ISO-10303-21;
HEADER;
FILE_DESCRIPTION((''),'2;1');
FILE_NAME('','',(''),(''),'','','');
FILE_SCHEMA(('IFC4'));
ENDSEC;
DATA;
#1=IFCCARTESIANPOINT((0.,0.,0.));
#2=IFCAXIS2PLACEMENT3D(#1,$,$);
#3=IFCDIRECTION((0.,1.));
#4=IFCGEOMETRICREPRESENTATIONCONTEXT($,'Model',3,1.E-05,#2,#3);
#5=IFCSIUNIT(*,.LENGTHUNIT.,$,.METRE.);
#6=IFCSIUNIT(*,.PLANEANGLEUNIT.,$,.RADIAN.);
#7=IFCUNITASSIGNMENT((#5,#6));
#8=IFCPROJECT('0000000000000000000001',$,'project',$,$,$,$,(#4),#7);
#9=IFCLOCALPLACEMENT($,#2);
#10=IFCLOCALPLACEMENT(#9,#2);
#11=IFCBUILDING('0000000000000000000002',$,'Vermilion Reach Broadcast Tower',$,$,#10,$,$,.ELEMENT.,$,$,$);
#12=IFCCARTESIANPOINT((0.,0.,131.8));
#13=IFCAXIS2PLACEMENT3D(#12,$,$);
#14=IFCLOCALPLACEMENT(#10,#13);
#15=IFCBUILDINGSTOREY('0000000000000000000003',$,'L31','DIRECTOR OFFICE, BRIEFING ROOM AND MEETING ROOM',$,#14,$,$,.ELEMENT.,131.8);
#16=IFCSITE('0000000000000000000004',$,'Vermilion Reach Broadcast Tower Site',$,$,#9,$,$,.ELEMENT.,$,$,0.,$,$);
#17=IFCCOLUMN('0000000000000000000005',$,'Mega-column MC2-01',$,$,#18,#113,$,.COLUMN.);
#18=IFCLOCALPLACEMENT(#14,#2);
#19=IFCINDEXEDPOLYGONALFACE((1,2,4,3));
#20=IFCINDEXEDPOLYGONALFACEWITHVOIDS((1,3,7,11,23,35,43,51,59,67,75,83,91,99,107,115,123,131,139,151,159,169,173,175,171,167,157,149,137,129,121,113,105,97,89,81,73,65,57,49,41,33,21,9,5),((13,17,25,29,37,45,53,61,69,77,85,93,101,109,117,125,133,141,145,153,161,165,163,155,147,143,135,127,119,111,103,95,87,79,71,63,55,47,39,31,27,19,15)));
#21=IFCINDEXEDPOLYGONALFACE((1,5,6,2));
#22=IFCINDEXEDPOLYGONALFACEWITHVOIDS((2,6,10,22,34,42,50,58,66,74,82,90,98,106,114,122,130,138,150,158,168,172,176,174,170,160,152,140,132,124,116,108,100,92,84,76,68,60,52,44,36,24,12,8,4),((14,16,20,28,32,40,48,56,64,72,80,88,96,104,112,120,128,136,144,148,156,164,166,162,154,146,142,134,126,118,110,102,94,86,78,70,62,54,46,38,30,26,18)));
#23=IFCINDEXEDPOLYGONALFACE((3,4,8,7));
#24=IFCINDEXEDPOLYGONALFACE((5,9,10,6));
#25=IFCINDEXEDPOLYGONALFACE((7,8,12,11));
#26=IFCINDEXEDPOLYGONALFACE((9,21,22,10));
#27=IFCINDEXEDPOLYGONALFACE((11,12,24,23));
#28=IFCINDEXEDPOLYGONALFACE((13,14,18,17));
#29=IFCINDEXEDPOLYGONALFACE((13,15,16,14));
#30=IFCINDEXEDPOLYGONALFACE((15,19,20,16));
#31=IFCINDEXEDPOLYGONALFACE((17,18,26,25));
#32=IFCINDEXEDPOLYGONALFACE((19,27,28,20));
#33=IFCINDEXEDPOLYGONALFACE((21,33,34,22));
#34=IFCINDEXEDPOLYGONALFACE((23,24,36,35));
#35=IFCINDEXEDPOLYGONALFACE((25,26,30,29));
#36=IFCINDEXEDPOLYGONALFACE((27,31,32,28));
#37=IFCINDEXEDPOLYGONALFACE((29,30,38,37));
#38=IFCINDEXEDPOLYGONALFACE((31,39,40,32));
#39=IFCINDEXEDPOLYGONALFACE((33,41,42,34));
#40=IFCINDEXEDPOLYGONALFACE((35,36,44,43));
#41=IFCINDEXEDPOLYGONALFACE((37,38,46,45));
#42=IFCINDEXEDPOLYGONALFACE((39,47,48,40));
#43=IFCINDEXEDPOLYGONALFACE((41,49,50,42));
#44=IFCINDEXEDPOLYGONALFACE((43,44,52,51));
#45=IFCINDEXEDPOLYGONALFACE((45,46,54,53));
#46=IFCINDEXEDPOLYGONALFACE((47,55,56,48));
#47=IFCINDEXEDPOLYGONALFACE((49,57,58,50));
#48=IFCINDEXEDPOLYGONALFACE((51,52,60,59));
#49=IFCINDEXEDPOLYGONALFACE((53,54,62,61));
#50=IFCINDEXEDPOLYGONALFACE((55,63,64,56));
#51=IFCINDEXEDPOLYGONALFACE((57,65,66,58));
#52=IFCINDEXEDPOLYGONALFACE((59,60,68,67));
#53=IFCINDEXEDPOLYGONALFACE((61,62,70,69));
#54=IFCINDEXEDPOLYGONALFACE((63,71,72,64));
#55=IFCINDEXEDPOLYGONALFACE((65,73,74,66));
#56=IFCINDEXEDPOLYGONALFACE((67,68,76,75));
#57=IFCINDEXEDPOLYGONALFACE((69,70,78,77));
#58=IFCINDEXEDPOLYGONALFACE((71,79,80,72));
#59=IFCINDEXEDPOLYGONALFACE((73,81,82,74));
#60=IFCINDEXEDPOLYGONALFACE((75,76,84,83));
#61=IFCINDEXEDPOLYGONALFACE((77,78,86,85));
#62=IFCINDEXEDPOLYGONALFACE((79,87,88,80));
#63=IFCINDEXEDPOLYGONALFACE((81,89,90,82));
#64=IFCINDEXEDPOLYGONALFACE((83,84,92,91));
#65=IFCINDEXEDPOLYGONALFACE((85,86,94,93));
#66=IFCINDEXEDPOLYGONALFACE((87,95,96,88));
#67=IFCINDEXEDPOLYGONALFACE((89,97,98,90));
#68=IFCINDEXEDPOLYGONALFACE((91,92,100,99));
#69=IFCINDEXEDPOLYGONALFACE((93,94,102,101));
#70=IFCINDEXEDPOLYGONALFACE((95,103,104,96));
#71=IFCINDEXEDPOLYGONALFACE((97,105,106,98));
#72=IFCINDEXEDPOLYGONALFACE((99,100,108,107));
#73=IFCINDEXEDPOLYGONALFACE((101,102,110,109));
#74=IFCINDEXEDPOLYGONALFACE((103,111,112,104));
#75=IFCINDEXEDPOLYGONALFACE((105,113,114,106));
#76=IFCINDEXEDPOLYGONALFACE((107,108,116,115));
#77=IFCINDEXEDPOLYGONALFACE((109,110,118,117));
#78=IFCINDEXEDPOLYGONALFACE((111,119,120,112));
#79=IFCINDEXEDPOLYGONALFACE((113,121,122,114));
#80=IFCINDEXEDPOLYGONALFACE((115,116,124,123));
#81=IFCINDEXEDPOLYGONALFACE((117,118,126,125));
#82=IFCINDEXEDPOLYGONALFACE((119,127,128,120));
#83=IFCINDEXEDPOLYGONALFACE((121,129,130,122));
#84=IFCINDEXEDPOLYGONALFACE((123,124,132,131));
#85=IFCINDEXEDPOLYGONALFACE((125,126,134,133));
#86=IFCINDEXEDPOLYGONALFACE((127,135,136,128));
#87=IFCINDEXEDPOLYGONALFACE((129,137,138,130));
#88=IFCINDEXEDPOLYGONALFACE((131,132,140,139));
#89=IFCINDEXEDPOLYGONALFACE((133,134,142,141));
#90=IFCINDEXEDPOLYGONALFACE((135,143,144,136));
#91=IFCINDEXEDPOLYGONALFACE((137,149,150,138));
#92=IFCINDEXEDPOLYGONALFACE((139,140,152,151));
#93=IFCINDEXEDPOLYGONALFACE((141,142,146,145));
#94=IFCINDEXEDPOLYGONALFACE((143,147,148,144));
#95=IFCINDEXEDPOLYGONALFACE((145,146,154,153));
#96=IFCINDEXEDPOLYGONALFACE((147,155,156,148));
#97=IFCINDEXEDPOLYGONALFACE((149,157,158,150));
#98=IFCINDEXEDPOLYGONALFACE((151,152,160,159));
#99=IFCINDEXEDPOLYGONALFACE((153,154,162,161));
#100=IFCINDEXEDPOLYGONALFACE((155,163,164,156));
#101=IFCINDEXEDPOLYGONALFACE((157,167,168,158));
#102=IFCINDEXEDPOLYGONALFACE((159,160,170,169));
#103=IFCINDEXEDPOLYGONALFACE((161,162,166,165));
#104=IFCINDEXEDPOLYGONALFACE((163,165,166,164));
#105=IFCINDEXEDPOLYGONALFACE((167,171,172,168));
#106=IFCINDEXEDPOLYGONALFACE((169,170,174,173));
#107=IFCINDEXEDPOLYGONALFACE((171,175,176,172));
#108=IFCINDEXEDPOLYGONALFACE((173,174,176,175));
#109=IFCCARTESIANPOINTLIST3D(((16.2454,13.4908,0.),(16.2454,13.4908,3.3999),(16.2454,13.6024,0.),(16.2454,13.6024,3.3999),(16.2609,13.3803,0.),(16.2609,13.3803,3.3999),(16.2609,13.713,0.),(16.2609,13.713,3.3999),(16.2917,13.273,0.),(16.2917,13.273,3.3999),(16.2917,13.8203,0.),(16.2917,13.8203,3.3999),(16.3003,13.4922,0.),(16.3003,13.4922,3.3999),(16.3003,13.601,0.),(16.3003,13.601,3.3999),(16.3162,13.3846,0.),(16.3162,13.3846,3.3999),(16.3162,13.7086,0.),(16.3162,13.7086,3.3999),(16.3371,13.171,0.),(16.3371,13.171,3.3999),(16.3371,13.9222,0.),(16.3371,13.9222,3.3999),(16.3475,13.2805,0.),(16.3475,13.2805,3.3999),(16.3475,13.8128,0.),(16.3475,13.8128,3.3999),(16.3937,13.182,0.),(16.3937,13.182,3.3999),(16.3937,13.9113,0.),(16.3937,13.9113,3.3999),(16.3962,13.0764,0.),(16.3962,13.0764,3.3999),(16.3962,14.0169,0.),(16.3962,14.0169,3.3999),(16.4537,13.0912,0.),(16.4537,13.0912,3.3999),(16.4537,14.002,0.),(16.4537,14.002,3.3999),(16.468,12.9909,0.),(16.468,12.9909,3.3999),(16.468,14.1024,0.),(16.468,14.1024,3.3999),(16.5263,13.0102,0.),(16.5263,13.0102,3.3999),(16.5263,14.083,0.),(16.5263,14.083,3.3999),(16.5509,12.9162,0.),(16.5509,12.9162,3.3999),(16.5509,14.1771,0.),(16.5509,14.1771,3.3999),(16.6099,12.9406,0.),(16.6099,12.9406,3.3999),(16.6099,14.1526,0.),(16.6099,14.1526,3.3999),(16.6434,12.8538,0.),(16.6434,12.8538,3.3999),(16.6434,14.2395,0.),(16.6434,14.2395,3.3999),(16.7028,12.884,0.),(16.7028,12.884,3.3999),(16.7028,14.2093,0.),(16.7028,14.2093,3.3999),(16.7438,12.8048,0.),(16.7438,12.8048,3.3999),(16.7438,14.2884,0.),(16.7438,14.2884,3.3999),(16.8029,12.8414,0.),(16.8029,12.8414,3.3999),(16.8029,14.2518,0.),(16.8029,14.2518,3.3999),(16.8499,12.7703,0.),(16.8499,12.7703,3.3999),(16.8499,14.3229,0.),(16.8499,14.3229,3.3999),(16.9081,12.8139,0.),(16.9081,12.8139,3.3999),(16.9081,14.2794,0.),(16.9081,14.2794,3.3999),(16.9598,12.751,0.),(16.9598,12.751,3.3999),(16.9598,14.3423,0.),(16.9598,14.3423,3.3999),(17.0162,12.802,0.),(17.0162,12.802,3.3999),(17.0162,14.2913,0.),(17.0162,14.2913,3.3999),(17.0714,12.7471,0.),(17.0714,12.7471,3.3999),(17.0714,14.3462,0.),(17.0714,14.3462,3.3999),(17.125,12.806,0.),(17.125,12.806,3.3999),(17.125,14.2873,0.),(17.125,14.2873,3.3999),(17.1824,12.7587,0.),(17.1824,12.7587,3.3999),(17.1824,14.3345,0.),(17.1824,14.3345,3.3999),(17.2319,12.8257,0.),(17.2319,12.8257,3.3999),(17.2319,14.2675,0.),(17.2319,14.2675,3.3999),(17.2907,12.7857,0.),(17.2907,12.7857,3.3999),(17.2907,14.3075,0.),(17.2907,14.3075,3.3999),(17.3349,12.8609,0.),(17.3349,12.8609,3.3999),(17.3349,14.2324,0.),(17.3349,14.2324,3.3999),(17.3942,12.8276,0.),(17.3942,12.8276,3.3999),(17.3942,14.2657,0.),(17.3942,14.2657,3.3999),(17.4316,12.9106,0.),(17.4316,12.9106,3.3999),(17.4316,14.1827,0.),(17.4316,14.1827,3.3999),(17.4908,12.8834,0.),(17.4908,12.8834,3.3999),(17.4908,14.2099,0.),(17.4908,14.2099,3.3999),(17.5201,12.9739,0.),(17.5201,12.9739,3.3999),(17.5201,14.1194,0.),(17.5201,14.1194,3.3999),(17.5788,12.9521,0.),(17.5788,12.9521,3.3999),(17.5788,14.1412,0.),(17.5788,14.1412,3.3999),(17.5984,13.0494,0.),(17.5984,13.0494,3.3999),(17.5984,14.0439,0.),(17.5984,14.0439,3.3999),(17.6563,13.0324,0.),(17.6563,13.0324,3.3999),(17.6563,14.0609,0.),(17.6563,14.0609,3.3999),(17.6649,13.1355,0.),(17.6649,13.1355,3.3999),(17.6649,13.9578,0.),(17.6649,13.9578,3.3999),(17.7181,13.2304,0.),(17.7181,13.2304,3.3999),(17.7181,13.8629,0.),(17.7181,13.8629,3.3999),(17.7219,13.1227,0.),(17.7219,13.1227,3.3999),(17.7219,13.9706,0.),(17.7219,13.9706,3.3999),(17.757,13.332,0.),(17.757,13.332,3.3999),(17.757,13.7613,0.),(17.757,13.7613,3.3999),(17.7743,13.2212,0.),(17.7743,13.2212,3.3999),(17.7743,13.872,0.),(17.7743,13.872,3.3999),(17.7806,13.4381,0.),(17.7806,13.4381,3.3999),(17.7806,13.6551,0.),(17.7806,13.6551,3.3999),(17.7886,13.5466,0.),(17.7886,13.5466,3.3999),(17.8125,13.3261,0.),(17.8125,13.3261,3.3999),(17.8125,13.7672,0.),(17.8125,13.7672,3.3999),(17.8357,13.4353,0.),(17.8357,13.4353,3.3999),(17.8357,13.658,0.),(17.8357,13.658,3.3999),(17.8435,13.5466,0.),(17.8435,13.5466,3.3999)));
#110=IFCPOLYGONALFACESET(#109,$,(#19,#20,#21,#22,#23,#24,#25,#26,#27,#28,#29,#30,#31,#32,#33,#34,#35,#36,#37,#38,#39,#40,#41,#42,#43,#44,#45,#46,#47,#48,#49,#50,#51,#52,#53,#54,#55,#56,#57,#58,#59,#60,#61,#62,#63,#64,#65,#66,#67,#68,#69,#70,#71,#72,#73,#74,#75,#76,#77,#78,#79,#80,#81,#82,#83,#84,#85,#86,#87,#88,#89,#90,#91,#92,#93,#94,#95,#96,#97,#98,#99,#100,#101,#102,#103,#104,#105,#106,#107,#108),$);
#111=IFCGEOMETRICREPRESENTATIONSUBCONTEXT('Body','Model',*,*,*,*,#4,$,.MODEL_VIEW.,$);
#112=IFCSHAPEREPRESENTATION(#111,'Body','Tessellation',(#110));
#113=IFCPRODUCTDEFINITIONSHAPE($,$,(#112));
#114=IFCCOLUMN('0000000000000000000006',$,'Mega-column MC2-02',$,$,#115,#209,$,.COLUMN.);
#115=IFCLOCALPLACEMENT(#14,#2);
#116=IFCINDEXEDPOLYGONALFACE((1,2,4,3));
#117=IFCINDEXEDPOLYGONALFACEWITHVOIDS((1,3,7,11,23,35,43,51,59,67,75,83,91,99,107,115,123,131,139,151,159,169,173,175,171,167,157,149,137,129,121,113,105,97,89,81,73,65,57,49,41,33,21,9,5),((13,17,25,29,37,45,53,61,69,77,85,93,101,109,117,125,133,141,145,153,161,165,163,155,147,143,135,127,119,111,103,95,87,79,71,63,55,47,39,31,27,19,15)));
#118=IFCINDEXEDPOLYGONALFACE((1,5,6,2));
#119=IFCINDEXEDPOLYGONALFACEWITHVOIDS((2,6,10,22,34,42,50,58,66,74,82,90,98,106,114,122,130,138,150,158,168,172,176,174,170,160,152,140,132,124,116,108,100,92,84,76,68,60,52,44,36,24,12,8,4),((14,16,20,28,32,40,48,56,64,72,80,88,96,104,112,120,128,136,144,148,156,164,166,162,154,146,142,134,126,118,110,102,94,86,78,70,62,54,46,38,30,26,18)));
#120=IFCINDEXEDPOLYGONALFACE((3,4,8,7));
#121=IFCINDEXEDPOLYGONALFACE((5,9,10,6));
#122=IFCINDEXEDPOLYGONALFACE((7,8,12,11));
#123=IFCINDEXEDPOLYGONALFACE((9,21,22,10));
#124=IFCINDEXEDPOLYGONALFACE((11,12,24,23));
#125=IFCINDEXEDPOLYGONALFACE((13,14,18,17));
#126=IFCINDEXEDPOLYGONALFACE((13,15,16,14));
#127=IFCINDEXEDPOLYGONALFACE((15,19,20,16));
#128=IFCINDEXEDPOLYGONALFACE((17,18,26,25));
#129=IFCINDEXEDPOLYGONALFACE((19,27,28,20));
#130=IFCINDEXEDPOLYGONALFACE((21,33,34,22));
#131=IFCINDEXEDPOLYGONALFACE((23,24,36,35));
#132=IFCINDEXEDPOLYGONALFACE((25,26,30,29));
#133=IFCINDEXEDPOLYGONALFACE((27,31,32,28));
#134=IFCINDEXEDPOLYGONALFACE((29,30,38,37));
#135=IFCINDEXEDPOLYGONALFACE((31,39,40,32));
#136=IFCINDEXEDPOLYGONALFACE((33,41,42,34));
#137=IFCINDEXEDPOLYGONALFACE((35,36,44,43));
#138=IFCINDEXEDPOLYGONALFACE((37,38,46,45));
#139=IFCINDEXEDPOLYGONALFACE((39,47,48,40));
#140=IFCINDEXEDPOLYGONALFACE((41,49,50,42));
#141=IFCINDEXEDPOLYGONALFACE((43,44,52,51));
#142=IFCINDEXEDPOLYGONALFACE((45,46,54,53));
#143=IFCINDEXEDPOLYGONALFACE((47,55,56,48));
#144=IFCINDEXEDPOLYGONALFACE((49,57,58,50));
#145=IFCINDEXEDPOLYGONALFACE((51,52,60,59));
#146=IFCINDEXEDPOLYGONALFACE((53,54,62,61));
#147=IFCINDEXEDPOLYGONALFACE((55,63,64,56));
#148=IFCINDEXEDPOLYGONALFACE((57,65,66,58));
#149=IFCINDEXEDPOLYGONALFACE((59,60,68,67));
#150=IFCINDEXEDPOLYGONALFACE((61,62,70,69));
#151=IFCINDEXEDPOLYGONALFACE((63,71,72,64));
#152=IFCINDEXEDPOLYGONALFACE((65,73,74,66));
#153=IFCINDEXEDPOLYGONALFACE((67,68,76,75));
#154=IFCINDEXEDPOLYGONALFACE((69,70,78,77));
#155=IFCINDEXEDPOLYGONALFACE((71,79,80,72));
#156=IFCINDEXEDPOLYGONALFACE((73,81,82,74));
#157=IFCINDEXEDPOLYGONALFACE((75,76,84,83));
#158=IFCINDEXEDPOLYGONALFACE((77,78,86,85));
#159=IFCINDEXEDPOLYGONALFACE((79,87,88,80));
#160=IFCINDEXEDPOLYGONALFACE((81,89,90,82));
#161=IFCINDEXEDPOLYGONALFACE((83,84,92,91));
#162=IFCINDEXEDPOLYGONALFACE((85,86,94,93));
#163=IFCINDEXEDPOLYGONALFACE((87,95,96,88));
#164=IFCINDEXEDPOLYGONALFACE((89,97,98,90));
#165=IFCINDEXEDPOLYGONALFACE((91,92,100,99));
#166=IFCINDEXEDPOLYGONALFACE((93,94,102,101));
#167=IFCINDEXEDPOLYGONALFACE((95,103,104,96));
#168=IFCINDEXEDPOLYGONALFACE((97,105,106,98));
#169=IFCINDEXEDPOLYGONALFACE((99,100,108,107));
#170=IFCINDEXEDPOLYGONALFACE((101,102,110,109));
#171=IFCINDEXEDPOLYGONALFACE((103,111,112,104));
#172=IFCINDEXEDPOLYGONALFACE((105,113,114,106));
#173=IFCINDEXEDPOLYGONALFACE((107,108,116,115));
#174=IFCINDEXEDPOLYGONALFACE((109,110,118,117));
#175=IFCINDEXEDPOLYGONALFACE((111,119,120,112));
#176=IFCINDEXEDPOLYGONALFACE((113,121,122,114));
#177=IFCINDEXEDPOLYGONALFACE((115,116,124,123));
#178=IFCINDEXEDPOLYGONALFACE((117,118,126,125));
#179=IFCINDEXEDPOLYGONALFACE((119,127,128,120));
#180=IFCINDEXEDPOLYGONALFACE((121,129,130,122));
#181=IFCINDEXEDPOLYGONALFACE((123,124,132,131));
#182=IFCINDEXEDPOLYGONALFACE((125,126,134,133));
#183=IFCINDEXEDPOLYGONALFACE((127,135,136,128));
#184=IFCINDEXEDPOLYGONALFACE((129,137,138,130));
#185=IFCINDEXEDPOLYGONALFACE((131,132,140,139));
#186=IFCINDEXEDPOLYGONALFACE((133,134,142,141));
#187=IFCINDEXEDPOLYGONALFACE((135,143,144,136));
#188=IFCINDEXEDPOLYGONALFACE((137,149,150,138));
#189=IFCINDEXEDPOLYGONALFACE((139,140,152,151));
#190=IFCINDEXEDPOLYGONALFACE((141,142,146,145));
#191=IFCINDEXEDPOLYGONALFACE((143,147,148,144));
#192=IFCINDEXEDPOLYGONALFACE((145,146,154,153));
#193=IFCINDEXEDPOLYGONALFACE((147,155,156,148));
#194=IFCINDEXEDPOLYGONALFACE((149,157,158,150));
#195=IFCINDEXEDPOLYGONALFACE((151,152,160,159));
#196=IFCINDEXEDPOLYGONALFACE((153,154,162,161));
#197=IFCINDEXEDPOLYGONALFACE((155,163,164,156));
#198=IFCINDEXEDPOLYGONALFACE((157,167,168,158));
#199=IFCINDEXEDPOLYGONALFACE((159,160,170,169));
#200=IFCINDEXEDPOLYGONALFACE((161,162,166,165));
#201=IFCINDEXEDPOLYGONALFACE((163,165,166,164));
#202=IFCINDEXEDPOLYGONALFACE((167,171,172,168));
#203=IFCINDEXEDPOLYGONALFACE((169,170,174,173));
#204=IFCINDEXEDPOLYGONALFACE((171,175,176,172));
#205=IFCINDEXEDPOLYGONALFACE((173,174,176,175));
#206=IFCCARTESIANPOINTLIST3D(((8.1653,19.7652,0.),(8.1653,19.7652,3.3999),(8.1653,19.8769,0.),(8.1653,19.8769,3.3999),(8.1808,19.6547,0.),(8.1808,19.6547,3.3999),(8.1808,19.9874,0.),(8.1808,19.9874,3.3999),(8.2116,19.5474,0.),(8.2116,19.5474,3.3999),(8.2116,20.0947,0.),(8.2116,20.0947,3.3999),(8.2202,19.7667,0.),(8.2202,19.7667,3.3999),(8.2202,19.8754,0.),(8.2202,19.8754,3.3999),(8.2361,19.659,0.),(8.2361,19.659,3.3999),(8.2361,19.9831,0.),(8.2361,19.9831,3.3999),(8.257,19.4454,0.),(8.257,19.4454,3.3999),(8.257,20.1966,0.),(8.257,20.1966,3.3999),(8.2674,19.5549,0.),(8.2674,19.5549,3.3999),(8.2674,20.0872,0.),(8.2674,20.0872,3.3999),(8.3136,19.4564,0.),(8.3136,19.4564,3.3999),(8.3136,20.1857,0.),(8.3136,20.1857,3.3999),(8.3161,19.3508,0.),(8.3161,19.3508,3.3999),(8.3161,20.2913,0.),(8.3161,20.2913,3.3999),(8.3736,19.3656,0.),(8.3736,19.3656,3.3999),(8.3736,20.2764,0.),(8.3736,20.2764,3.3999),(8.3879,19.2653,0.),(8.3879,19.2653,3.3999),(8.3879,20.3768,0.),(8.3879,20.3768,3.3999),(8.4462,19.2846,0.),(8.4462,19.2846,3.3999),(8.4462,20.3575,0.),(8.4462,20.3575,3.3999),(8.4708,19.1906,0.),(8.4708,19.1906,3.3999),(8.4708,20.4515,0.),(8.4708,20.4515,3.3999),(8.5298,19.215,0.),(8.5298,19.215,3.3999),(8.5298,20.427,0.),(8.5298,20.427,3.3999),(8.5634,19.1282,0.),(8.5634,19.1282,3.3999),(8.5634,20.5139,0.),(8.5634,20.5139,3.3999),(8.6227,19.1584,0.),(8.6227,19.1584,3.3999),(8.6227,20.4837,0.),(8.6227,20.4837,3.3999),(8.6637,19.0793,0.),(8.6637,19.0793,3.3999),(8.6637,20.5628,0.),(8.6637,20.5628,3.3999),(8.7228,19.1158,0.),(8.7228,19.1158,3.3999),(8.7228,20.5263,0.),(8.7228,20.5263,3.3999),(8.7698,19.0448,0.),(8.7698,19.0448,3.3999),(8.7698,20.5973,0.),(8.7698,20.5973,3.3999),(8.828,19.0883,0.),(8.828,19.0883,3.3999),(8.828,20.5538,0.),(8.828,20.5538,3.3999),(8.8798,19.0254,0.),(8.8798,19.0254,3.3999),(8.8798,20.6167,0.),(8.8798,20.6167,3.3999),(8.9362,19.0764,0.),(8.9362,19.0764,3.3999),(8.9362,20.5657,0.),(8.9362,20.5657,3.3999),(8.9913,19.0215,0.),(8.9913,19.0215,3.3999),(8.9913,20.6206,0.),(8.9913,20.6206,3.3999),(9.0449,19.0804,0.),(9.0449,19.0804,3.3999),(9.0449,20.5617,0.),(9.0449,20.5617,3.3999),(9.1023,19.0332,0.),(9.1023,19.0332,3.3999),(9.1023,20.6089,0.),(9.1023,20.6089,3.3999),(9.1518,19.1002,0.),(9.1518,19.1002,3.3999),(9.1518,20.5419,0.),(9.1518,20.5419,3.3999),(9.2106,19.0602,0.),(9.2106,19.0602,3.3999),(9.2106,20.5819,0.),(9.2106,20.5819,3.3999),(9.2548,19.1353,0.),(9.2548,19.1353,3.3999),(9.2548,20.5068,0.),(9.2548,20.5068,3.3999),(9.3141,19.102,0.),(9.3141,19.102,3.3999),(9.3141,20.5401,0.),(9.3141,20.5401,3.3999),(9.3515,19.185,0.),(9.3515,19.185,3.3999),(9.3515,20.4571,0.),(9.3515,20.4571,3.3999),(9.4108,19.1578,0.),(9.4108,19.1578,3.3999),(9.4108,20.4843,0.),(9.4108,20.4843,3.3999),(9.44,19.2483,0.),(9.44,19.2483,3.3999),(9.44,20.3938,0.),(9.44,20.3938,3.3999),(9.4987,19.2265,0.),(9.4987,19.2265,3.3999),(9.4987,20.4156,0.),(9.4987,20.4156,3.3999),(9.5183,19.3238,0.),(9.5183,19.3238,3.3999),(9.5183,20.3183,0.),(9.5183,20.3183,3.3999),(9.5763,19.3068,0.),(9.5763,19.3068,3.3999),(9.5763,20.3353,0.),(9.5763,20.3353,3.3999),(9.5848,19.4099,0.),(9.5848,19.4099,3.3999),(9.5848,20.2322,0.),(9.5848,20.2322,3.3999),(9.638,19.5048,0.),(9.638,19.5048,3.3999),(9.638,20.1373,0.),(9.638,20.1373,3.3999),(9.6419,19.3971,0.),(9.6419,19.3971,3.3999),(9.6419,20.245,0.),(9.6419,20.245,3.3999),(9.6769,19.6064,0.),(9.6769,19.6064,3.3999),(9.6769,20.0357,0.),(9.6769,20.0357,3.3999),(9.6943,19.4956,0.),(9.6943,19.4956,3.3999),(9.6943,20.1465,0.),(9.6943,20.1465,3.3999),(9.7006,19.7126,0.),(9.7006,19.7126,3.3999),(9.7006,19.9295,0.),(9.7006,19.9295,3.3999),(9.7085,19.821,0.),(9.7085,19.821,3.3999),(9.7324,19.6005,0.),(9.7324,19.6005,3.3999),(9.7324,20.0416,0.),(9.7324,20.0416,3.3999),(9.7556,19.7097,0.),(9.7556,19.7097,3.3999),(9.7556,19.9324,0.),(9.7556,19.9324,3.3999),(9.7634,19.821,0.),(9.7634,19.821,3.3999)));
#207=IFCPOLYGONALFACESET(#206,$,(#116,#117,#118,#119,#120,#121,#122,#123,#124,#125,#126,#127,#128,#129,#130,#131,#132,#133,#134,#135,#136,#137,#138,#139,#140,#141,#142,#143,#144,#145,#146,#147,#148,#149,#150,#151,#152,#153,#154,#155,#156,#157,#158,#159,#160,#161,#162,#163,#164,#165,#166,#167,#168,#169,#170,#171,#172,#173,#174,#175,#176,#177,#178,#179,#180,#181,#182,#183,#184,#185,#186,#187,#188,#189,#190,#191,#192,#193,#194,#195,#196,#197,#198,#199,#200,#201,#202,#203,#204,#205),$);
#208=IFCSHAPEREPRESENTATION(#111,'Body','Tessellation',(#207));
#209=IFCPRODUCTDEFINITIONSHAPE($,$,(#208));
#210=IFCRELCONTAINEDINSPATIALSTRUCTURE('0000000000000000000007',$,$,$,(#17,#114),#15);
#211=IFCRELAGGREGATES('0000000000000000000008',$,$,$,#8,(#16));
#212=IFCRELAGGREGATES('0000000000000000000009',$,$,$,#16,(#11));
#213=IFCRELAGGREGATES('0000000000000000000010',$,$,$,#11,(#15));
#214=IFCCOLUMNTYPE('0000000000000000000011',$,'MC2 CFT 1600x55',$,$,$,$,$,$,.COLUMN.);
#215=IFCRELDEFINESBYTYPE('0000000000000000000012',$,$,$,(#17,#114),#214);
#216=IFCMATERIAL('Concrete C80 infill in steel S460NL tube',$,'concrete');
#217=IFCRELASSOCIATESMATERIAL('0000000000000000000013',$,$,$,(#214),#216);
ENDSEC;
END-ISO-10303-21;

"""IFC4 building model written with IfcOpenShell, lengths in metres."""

from ifc_helpers import new_model, si_unit, direction, frame, origin, origin_2d, place, context, subcontext, project, spatial, hollow_circle, extrude, material, material_profile, profile_set, type_object, element, save


model = new_model("IFC4")

# Units and contexts
model_context = context("Model", 3, precision=1e-05, world=origin(), true_north=direction((0.0, 1.0)))
body_context = subcontext(model_context, "Body", "Model", "MODEL_VIEW")
ifc_project = project(units=[si_unit("LENGTHUNIT", "METRE"), si_unit("PLANEANGLEUNIT", "RADIAN")], contexts=[model_context])

# Site, building, storey
site_placement = place(None, origin())
site = spatial("IfcSite", under=ifc_project, at=site_placement, Name="Vermilion Reach Broadcast Tower Site", CompositionType="ELEMENT", RefElevation=0.0)
building_placement = place(site_placement, origin())
building = spatial("IfcBuilding", under=site, at=building_placement, Name="Vermilion Reach Broadcast Tower", CompositionType="ELEMENT")
storey_placement = place(building_placement, frame((0.0, 0.0, 131.8)))
storey = spatial("IfcBuildingStorey", under=building, at=storey_placement, Name="L31", Description="DIRECTOR OFFICE, BRIEFING ROOM AND MEETING ROOM", CompositionType="ELEMENT", Elevation=131.8)

# Columns
ifc_material_1 = material(Name="Concrete C80 infill in steel S460NL tube", Category="concrete")
ifc_material_profile_1 = material_profile(ifc_material_1, hollow_circle(Radius=0.8, WallThickness=0.0549, at=origin_2d()), Name="Concrete C80 infill in steel S460NL tube CFT 1600x55")
ifc_profile_set_1 = profile_set([ifc_material_profile_1], Name="Concrete C80 infill in steel S460NL tube")
column_type = type_object("IfcColumnType", Name="MC2 CFT 1600x55", PredefinedType="COLUMN", material=ifc_profile_set_1)
for number, where, z_axis, x_axis, name in (
    (1, (17.0435, 13.5466, 0.0), (0.0, 0.0, 1.0), (1.0, 0.0, 0.0), "Mega-column MC2-01"),
    (2, (8.9634, 19.821, 0.0), (0.0, 0.0, 1.0), (1.0, 0.0, 0.0), "Mega-column MC2-02"),
):
    element("IfcColumn", number, at=place(storey_placement, frame(where, z_axis=z_axis, x_axis=x_axis)), inside=storey, type_object=column_type, Name=name, PredefinedType="COLUMN", context=body_context, shape_type="SweptSolid", body=[
        extrude(hollow_circle(Radius=0.8, WallThickness=0.0549, at=origin_2d()), origin(), (0.0, 0.0, 1.0), 3.3999),
    ])

save(model, "model.ifc")
